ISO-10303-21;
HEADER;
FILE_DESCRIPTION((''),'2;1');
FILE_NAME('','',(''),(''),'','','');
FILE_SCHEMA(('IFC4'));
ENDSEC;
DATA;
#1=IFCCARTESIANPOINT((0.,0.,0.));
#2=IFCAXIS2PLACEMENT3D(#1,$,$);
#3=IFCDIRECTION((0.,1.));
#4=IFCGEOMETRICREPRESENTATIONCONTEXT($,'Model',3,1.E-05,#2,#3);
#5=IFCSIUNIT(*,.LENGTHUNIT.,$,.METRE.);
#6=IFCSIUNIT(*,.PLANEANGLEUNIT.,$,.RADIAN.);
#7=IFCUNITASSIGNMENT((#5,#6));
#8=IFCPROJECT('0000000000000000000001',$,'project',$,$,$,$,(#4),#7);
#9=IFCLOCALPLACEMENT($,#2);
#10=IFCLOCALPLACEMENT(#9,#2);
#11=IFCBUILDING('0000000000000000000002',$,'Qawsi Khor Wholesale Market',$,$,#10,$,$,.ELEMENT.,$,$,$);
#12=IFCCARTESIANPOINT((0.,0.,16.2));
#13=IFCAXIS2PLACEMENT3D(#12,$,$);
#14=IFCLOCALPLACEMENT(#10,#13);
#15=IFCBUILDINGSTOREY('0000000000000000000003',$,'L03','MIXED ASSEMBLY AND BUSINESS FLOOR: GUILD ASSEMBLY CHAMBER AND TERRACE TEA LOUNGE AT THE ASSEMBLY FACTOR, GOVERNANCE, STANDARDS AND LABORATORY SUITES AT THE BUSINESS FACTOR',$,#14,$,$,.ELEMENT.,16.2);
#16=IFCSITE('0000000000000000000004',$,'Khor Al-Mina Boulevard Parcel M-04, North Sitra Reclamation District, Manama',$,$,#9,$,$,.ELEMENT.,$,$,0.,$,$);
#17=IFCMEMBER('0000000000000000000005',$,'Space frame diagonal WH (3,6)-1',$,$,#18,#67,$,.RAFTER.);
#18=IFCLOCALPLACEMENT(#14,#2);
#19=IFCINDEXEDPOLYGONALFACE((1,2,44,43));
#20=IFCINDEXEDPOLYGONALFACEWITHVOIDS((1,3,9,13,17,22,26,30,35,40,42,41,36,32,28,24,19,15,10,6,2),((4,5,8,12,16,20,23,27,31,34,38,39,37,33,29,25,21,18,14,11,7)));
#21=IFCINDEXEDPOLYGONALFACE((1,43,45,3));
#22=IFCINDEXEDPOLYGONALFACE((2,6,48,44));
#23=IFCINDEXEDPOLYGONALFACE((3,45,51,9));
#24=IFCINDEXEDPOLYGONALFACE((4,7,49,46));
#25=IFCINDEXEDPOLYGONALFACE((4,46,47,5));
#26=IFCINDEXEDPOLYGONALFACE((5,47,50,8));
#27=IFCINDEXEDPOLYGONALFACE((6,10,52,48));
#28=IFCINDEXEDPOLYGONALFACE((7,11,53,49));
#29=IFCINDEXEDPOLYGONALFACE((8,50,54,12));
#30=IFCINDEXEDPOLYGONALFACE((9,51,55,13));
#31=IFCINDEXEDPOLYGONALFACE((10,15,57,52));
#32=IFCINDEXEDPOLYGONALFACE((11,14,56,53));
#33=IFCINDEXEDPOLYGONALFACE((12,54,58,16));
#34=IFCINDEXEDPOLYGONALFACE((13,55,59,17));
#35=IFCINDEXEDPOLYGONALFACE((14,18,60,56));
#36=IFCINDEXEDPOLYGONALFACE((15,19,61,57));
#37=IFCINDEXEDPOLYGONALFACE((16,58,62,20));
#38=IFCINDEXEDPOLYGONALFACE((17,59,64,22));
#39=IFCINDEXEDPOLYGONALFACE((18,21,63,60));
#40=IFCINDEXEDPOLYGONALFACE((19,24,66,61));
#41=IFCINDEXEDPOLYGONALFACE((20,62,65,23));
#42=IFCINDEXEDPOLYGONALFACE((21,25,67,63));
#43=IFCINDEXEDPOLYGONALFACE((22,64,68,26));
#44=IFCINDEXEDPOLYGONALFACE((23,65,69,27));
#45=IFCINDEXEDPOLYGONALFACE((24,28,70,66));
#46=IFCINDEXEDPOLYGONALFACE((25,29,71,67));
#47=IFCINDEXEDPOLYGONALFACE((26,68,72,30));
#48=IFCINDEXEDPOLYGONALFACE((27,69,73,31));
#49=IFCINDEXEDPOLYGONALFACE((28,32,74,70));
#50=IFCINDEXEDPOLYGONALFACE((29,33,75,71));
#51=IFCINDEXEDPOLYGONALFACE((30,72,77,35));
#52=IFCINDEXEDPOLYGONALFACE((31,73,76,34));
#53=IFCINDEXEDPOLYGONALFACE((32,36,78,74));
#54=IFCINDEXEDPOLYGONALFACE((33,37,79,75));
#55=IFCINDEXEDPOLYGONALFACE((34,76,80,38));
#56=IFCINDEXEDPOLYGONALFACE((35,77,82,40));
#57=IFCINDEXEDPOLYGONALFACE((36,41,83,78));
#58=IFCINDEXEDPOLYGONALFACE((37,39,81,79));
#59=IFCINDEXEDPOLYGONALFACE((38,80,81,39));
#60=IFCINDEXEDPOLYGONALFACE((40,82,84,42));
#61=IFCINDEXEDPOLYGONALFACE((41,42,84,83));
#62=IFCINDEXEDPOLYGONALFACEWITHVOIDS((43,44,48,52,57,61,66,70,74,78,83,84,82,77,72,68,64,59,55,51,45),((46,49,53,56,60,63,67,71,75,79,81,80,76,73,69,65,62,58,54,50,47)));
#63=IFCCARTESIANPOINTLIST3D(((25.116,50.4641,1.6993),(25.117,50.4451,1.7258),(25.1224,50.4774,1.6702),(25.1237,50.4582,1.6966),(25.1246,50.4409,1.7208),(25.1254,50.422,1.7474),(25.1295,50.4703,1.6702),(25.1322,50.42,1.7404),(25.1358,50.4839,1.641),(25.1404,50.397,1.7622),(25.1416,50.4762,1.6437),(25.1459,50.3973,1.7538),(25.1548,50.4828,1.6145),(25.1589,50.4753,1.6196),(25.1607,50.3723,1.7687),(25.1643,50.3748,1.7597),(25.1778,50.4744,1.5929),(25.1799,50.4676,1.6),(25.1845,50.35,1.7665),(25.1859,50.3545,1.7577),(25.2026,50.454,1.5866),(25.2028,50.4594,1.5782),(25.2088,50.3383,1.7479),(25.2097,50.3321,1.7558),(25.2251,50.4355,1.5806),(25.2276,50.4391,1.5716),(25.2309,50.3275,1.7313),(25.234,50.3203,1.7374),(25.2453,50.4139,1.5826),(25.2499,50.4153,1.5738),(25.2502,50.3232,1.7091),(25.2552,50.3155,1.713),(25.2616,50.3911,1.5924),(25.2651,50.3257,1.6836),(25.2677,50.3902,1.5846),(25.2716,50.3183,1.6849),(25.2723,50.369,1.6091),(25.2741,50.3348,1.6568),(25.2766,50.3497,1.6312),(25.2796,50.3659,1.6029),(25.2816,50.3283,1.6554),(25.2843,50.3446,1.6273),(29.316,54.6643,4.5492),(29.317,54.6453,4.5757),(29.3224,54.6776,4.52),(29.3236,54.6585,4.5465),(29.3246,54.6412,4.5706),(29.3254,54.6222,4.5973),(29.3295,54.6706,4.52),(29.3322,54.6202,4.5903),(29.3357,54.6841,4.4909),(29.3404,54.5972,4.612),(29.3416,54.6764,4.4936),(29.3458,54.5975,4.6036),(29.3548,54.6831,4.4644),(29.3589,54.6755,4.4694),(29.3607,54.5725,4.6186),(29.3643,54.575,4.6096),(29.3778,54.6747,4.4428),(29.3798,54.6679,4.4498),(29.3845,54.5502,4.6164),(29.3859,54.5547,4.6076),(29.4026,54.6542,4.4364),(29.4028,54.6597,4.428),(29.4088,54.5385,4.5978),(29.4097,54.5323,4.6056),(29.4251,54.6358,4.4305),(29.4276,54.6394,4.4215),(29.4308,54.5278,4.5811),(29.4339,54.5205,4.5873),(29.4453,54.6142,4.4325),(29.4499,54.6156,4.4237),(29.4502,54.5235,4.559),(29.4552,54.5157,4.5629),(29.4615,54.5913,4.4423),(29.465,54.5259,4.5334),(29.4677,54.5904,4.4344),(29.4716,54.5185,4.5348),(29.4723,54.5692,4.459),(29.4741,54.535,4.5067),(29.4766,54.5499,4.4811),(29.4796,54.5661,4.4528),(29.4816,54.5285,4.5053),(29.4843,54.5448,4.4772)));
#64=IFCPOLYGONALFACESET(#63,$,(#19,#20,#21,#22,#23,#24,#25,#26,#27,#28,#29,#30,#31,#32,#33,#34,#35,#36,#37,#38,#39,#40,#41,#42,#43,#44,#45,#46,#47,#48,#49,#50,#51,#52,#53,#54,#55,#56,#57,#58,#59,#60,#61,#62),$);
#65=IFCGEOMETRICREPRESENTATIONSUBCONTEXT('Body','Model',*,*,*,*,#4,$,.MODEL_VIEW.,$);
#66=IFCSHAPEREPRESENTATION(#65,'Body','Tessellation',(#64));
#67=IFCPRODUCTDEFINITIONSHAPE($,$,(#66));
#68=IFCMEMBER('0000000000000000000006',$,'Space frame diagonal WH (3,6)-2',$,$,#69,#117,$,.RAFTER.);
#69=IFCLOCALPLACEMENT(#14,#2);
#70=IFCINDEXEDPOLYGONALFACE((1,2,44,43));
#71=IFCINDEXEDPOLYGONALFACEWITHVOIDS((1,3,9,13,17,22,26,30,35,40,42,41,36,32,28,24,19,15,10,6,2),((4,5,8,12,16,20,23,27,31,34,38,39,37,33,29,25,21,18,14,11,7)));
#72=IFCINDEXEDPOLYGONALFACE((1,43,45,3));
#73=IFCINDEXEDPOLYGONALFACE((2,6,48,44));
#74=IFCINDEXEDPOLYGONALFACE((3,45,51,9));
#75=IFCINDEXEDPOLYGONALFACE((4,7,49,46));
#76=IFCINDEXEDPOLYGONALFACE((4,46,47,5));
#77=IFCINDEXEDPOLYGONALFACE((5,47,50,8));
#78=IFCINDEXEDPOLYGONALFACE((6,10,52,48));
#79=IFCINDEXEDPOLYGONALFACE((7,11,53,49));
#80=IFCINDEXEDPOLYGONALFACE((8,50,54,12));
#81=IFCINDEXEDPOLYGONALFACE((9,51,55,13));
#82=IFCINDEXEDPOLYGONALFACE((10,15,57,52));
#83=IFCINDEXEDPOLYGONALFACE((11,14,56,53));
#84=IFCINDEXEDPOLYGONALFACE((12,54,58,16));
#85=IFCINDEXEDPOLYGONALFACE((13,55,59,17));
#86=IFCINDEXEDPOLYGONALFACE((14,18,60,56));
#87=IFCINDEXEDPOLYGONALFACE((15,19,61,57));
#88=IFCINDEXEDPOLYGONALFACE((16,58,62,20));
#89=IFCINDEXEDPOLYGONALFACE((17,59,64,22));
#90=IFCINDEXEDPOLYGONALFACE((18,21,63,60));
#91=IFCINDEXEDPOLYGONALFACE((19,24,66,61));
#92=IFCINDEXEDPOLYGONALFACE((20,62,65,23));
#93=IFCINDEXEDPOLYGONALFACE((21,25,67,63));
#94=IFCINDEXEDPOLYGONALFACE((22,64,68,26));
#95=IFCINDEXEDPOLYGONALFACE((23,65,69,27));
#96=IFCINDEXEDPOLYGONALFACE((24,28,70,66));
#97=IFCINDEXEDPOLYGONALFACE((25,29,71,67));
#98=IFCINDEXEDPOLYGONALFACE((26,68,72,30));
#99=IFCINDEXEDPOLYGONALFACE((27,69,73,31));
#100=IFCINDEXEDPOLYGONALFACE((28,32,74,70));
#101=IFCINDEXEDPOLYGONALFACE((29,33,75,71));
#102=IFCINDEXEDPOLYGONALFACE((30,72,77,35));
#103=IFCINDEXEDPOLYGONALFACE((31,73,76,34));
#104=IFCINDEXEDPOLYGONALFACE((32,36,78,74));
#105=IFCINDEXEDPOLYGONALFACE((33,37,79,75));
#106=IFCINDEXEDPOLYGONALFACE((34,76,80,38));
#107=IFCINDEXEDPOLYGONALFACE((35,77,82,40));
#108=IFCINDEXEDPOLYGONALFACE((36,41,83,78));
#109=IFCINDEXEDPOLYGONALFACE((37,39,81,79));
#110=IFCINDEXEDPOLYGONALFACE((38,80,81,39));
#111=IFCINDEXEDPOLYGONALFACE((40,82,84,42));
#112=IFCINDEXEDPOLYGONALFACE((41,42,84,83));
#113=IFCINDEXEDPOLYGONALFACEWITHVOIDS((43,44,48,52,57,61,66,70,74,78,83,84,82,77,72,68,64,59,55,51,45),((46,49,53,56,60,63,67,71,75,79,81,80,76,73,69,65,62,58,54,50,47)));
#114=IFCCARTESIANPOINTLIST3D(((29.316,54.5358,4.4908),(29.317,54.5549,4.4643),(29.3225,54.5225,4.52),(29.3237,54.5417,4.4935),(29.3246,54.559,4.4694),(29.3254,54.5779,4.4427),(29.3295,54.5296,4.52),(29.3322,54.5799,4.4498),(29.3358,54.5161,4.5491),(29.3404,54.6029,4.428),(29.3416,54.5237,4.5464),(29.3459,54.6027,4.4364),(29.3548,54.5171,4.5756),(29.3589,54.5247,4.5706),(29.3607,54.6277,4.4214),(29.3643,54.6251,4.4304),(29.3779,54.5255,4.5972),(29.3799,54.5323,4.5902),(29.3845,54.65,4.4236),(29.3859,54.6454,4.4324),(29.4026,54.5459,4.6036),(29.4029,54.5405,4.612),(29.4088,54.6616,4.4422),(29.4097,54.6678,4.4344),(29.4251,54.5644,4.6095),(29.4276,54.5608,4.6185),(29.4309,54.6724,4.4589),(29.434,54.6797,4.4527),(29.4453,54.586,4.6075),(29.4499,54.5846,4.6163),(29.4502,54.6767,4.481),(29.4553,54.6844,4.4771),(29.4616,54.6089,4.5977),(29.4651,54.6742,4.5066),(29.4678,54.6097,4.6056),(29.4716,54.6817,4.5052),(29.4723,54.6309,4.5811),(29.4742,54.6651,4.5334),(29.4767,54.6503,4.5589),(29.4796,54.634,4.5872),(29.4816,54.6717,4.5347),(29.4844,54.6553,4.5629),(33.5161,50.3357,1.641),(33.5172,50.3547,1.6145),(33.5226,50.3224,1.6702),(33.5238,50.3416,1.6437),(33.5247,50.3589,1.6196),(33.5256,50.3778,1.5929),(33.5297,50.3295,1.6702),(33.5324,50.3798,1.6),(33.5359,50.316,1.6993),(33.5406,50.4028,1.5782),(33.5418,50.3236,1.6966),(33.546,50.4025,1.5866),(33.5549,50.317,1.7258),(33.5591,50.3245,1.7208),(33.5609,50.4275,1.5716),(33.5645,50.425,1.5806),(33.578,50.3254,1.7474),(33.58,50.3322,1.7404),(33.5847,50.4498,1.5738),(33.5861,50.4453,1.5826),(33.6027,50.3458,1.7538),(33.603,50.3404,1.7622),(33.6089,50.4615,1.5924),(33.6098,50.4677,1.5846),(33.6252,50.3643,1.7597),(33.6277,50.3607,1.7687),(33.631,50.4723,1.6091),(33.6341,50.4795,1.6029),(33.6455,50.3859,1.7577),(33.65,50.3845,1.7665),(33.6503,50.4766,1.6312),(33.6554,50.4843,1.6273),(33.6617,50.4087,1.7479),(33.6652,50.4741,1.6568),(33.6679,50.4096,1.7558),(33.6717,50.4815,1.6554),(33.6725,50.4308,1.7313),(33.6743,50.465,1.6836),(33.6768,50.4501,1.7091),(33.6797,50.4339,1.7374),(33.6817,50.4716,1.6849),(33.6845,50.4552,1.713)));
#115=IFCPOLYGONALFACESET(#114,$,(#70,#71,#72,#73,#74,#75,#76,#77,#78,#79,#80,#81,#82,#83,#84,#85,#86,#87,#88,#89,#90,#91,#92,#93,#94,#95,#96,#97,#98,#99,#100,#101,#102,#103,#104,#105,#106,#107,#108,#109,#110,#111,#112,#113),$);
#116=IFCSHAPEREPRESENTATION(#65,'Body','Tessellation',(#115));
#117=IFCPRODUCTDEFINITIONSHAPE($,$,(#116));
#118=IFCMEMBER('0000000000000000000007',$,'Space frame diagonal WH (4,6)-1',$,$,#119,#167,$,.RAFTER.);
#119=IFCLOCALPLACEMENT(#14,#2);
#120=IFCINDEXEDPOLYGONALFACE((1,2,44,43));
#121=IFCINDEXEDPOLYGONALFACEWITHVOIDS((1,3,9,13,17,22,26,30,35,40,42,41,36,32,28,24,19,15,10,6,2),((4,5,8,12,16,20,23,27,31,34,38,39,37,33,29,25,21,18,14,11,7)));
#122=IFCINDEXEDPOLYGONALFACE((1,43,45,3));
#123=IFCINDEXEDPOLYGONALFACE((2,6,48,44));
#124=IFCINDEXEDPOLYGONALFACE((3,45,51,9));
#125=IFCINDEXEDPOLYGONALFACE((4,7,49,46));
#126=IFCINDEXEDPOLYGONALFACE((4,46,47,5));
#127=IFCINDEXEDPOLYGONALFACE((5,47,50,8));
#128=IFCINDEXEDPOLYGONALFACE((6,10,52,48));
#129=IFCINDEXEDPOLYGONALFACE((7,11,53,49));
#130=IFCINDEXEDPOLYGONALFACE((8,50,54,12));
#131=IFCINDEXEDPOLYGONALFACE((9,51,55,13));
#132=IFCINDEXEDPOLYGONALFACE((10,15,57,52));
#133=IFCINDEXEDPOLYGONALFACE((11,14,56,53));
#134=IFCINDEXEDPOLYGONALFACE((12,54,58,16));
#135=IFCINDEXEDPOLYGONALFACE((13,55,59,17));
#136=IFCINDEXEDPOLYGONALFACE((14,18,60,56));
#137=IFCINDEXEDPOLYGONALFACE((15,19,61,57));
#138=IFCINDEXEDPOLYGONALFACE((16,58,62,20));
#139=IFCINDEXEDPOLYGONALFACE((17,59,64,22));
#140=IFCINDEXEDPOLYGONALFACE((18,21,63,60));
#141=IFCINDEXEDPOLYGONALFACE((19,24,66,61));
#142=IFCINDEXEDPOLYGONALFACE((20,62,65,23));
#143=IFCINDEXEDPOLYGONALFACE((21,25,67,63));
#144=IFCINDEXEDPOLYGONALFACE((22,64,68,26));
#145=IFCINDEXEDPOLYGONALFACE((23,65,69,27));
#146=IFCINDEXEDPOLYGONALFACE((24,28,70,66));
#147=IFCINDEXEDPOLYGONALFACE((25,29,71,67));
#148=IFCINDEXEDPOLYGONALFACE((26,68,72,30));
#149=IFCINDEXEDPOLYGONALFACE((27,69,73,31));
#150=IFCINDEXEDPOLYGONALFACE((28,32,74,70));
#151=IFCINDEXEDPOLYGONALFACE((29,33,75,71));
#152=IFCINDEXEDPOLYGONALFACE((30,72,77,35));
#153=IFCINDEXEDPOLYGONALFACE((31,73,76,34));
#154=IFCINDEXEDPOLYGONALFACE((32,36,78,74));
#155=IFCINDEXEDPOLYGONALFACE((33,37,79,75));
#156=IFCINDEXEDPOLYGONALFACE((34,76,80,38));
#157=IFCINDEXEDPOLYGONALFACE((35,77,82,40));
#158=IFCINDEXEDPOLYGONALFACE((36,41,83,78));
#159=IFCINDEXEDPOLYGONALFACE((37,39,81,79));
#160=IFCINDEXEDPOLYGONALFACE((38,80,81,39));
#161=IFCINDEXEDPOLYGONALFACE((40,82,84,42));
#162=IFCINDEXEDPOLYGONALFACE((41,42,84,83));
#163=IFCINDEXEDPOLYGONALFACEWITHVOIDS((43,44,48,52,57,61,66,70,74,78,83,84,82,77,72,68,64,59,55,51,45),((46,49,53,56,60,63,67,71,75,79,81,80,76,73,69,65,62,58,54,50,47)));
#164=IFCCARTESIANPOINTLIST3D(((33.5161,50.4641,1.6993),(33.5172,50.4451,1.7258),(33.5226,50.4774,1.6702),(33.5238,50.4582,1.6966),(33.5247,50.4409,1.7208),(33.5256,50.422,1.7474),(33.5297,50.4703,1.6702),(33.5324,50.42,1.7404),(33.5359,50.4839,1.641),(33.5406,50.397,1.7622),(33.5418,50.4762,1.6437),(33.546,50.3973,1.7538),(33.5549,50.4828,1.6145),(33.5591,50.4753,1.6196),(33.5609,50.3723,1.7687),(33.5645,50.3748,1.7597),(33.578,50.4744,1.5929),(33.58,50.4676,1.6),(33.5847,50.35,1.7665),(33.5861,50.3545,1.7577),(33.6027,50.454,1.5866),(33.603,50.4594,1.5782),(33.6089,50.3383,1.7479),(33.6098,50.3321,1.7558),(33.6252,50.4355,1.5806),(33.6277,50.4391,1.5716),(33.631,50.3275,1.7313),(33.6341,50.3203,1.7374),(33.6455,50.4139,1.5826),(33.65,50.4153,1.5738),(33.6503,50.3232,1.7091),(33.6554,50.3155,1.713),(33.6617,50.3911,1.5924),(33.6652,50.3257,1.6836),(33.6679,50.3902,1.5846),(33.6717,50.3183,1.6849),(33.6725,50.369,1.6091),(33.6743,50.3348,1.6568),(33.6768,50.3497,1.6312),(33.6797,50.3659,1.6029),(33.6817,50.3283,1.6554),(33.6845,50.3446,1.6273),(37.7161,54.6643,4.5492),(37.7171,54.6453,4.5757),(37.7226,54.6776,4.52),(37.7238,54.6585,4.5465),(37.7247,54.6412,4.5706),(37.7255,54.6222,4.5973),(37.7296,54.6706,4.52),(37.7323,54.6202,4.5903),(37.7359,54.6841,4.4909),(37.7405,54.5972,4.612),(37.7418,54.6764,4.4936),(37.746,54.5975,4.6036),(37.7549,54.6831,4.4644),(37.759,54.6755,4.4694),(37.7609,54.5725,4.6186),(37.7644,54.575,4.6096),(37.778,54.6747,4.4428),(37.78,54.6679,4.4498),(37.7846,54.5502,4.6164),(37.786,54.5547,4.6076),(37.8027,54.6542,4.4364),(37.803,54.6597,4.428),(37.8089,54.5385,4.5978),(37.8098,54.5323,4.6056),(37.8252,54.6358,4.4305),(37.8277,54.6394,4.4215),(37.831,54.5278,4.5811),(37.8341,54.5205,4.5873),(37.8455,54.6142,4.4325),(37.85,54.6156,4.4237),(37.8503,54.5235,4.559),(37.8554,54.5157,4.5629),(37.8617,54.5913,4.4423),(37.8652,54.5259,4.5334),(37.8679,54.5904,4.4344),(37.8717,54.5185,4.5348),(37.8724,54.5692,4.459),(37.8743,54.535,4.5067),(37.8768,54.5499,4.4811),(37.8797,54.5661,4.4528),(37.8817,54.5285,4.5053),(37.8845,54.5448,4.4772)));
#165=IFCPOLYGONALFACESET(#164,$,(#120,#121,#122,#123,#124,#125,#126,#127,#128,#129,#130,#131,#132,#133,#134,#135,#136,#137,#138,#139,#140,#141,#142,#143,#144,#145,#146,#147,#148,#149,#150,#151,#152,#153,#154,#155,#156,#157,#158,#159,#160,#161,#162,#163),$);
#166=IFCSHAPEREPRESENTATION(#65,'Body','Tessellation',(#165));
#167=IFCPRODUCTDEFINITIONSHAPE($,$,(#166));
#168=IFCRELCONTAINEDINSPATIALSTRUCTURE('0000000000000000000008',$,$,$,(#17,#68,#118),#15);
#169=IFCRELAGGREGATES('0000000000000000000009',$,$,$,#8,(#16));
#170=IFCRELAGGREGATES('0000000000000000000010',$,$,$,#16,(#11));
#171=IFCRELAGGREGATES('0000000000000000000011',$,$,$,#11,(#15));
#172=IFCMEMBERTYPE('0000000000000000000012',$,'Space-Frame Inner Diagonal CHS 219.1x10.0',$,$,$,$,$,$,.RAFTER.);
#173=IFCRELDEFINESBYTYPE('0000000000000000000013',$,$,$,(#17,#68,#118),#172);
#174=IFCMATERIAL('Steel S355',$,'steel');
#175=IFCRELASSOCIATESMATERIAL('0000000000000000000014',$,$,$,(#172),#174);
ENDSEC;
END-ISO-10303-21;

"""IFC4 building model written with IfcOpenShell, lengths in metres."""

from ifc_helpers import new_model, si_unit, direction, frame, origin, origin_2d, place, context, subcontext, project, spatial, hollow_circle, extrude, material, material_profile, profile_set, type_object, element, save


model = new_model("IFC4")

# Units and contexts
model_context = context("Model", 3, precision=1e-05, world=origin(), true_north=direction((0.0, 1.0)))
body_context = subcontext(model_context, "Body", "Model", "MODEL_VIEW")
ifc_project = project(units=[si_unit("LENGTHUNIT", "METRE"), si_unit("PLANEANGLEUNIT", "RADIAN")], contexts=[model_context])

# Site, building, storey
site_placement = place(None, origin())
site = spatial("IfcSite", under=ifc_project, at=site_placement, Name="Khor Al-Mina Boulevard Parcel M-04, North Sitra Reclamation District, Manama", CompositionType="ELEMENT", RefElevation=0.0)
building_placement = place(site_placement, origin())
building = spatial("IfcBuilding", under=site, at=building_placement, Name="Qawsi Khor Wholesale Market", CompositionType="ELEMENT")
storey_placement = place(building_placement, frame((0.0, 0.0, 16.2)))
storey = spatial("IfcBuildingStorey", under=building, at=storey_placement, Name="L03", Description="MIXED ASSEMBLY AND BUSINESS FLOOR: GUILD ASSEMBLY CHAMBER AND TERRACE TEA LOUNGE AT THE ASSEMBLY FACTOR, GOVERNANCE, STANDARDS AND LABORATORY SUITES AT THE BUSINESS FACTOR", CompositionType="ELEMENT", Elevation=16.2)

# Members
ifc_material_1 = material(Name="Steel S355", Category="steel")
ifc_material_profile_1 = material_profile(ifc_material_1, hollow_circle(Radius=0.1096, WallThickness=0.01, at=origin_2d()), Name="CHS 219.1x10.0")
ifc_profile_set_1 = profile_set([ifc_material_profile_1], Name="Steel S355")
member_type_1 = type_object("IfcMemberType", Name="Space-Frame Inner Diagonal CHS 219.1x10.0", PredefinedType="RAFTER", material=ifc_profile_set_1)
for number, where, z_axis, x_axis, name in (
    (1, (25.2, 50.3999, 1.6702), (0.637507, 0.637544, 0.432577), (-0.707127, 0.707086, 0.0), "Space frame diagonal WH (3,6)-1"),
    (2, (33.6001, 50.3999, 1.6702), (-0.637529, 0.637529, 0.432567), (-0.707107, -0.707107, 0.0), "Space frame diagonal WH (3,6)-2"),
    (3, (33.6001, 50.3999, 1.6702), (0.637507, 0.637544, 0.432577), (-0.707127, 0.707086, 0.0), "Space frame diagonal WH (4,6)-1"),
):
    element("IfcMember", number, at=place(storey_placement, frame(where, z_axis=z_axis, x_axis=x_axis)), inside=storey, type_object=member_type_1, Name=name, PredefinedType="RAFTER", context=body_context, shape_type="SweptSolid", body=[
        extrude(hollow_circle(Radius=0.1096, WallThickness=0.01, at=origin_2d()), origin(), (0.0, 0.0, 1.0), 6.5881),
    ])

save(model, "model.ifc")
